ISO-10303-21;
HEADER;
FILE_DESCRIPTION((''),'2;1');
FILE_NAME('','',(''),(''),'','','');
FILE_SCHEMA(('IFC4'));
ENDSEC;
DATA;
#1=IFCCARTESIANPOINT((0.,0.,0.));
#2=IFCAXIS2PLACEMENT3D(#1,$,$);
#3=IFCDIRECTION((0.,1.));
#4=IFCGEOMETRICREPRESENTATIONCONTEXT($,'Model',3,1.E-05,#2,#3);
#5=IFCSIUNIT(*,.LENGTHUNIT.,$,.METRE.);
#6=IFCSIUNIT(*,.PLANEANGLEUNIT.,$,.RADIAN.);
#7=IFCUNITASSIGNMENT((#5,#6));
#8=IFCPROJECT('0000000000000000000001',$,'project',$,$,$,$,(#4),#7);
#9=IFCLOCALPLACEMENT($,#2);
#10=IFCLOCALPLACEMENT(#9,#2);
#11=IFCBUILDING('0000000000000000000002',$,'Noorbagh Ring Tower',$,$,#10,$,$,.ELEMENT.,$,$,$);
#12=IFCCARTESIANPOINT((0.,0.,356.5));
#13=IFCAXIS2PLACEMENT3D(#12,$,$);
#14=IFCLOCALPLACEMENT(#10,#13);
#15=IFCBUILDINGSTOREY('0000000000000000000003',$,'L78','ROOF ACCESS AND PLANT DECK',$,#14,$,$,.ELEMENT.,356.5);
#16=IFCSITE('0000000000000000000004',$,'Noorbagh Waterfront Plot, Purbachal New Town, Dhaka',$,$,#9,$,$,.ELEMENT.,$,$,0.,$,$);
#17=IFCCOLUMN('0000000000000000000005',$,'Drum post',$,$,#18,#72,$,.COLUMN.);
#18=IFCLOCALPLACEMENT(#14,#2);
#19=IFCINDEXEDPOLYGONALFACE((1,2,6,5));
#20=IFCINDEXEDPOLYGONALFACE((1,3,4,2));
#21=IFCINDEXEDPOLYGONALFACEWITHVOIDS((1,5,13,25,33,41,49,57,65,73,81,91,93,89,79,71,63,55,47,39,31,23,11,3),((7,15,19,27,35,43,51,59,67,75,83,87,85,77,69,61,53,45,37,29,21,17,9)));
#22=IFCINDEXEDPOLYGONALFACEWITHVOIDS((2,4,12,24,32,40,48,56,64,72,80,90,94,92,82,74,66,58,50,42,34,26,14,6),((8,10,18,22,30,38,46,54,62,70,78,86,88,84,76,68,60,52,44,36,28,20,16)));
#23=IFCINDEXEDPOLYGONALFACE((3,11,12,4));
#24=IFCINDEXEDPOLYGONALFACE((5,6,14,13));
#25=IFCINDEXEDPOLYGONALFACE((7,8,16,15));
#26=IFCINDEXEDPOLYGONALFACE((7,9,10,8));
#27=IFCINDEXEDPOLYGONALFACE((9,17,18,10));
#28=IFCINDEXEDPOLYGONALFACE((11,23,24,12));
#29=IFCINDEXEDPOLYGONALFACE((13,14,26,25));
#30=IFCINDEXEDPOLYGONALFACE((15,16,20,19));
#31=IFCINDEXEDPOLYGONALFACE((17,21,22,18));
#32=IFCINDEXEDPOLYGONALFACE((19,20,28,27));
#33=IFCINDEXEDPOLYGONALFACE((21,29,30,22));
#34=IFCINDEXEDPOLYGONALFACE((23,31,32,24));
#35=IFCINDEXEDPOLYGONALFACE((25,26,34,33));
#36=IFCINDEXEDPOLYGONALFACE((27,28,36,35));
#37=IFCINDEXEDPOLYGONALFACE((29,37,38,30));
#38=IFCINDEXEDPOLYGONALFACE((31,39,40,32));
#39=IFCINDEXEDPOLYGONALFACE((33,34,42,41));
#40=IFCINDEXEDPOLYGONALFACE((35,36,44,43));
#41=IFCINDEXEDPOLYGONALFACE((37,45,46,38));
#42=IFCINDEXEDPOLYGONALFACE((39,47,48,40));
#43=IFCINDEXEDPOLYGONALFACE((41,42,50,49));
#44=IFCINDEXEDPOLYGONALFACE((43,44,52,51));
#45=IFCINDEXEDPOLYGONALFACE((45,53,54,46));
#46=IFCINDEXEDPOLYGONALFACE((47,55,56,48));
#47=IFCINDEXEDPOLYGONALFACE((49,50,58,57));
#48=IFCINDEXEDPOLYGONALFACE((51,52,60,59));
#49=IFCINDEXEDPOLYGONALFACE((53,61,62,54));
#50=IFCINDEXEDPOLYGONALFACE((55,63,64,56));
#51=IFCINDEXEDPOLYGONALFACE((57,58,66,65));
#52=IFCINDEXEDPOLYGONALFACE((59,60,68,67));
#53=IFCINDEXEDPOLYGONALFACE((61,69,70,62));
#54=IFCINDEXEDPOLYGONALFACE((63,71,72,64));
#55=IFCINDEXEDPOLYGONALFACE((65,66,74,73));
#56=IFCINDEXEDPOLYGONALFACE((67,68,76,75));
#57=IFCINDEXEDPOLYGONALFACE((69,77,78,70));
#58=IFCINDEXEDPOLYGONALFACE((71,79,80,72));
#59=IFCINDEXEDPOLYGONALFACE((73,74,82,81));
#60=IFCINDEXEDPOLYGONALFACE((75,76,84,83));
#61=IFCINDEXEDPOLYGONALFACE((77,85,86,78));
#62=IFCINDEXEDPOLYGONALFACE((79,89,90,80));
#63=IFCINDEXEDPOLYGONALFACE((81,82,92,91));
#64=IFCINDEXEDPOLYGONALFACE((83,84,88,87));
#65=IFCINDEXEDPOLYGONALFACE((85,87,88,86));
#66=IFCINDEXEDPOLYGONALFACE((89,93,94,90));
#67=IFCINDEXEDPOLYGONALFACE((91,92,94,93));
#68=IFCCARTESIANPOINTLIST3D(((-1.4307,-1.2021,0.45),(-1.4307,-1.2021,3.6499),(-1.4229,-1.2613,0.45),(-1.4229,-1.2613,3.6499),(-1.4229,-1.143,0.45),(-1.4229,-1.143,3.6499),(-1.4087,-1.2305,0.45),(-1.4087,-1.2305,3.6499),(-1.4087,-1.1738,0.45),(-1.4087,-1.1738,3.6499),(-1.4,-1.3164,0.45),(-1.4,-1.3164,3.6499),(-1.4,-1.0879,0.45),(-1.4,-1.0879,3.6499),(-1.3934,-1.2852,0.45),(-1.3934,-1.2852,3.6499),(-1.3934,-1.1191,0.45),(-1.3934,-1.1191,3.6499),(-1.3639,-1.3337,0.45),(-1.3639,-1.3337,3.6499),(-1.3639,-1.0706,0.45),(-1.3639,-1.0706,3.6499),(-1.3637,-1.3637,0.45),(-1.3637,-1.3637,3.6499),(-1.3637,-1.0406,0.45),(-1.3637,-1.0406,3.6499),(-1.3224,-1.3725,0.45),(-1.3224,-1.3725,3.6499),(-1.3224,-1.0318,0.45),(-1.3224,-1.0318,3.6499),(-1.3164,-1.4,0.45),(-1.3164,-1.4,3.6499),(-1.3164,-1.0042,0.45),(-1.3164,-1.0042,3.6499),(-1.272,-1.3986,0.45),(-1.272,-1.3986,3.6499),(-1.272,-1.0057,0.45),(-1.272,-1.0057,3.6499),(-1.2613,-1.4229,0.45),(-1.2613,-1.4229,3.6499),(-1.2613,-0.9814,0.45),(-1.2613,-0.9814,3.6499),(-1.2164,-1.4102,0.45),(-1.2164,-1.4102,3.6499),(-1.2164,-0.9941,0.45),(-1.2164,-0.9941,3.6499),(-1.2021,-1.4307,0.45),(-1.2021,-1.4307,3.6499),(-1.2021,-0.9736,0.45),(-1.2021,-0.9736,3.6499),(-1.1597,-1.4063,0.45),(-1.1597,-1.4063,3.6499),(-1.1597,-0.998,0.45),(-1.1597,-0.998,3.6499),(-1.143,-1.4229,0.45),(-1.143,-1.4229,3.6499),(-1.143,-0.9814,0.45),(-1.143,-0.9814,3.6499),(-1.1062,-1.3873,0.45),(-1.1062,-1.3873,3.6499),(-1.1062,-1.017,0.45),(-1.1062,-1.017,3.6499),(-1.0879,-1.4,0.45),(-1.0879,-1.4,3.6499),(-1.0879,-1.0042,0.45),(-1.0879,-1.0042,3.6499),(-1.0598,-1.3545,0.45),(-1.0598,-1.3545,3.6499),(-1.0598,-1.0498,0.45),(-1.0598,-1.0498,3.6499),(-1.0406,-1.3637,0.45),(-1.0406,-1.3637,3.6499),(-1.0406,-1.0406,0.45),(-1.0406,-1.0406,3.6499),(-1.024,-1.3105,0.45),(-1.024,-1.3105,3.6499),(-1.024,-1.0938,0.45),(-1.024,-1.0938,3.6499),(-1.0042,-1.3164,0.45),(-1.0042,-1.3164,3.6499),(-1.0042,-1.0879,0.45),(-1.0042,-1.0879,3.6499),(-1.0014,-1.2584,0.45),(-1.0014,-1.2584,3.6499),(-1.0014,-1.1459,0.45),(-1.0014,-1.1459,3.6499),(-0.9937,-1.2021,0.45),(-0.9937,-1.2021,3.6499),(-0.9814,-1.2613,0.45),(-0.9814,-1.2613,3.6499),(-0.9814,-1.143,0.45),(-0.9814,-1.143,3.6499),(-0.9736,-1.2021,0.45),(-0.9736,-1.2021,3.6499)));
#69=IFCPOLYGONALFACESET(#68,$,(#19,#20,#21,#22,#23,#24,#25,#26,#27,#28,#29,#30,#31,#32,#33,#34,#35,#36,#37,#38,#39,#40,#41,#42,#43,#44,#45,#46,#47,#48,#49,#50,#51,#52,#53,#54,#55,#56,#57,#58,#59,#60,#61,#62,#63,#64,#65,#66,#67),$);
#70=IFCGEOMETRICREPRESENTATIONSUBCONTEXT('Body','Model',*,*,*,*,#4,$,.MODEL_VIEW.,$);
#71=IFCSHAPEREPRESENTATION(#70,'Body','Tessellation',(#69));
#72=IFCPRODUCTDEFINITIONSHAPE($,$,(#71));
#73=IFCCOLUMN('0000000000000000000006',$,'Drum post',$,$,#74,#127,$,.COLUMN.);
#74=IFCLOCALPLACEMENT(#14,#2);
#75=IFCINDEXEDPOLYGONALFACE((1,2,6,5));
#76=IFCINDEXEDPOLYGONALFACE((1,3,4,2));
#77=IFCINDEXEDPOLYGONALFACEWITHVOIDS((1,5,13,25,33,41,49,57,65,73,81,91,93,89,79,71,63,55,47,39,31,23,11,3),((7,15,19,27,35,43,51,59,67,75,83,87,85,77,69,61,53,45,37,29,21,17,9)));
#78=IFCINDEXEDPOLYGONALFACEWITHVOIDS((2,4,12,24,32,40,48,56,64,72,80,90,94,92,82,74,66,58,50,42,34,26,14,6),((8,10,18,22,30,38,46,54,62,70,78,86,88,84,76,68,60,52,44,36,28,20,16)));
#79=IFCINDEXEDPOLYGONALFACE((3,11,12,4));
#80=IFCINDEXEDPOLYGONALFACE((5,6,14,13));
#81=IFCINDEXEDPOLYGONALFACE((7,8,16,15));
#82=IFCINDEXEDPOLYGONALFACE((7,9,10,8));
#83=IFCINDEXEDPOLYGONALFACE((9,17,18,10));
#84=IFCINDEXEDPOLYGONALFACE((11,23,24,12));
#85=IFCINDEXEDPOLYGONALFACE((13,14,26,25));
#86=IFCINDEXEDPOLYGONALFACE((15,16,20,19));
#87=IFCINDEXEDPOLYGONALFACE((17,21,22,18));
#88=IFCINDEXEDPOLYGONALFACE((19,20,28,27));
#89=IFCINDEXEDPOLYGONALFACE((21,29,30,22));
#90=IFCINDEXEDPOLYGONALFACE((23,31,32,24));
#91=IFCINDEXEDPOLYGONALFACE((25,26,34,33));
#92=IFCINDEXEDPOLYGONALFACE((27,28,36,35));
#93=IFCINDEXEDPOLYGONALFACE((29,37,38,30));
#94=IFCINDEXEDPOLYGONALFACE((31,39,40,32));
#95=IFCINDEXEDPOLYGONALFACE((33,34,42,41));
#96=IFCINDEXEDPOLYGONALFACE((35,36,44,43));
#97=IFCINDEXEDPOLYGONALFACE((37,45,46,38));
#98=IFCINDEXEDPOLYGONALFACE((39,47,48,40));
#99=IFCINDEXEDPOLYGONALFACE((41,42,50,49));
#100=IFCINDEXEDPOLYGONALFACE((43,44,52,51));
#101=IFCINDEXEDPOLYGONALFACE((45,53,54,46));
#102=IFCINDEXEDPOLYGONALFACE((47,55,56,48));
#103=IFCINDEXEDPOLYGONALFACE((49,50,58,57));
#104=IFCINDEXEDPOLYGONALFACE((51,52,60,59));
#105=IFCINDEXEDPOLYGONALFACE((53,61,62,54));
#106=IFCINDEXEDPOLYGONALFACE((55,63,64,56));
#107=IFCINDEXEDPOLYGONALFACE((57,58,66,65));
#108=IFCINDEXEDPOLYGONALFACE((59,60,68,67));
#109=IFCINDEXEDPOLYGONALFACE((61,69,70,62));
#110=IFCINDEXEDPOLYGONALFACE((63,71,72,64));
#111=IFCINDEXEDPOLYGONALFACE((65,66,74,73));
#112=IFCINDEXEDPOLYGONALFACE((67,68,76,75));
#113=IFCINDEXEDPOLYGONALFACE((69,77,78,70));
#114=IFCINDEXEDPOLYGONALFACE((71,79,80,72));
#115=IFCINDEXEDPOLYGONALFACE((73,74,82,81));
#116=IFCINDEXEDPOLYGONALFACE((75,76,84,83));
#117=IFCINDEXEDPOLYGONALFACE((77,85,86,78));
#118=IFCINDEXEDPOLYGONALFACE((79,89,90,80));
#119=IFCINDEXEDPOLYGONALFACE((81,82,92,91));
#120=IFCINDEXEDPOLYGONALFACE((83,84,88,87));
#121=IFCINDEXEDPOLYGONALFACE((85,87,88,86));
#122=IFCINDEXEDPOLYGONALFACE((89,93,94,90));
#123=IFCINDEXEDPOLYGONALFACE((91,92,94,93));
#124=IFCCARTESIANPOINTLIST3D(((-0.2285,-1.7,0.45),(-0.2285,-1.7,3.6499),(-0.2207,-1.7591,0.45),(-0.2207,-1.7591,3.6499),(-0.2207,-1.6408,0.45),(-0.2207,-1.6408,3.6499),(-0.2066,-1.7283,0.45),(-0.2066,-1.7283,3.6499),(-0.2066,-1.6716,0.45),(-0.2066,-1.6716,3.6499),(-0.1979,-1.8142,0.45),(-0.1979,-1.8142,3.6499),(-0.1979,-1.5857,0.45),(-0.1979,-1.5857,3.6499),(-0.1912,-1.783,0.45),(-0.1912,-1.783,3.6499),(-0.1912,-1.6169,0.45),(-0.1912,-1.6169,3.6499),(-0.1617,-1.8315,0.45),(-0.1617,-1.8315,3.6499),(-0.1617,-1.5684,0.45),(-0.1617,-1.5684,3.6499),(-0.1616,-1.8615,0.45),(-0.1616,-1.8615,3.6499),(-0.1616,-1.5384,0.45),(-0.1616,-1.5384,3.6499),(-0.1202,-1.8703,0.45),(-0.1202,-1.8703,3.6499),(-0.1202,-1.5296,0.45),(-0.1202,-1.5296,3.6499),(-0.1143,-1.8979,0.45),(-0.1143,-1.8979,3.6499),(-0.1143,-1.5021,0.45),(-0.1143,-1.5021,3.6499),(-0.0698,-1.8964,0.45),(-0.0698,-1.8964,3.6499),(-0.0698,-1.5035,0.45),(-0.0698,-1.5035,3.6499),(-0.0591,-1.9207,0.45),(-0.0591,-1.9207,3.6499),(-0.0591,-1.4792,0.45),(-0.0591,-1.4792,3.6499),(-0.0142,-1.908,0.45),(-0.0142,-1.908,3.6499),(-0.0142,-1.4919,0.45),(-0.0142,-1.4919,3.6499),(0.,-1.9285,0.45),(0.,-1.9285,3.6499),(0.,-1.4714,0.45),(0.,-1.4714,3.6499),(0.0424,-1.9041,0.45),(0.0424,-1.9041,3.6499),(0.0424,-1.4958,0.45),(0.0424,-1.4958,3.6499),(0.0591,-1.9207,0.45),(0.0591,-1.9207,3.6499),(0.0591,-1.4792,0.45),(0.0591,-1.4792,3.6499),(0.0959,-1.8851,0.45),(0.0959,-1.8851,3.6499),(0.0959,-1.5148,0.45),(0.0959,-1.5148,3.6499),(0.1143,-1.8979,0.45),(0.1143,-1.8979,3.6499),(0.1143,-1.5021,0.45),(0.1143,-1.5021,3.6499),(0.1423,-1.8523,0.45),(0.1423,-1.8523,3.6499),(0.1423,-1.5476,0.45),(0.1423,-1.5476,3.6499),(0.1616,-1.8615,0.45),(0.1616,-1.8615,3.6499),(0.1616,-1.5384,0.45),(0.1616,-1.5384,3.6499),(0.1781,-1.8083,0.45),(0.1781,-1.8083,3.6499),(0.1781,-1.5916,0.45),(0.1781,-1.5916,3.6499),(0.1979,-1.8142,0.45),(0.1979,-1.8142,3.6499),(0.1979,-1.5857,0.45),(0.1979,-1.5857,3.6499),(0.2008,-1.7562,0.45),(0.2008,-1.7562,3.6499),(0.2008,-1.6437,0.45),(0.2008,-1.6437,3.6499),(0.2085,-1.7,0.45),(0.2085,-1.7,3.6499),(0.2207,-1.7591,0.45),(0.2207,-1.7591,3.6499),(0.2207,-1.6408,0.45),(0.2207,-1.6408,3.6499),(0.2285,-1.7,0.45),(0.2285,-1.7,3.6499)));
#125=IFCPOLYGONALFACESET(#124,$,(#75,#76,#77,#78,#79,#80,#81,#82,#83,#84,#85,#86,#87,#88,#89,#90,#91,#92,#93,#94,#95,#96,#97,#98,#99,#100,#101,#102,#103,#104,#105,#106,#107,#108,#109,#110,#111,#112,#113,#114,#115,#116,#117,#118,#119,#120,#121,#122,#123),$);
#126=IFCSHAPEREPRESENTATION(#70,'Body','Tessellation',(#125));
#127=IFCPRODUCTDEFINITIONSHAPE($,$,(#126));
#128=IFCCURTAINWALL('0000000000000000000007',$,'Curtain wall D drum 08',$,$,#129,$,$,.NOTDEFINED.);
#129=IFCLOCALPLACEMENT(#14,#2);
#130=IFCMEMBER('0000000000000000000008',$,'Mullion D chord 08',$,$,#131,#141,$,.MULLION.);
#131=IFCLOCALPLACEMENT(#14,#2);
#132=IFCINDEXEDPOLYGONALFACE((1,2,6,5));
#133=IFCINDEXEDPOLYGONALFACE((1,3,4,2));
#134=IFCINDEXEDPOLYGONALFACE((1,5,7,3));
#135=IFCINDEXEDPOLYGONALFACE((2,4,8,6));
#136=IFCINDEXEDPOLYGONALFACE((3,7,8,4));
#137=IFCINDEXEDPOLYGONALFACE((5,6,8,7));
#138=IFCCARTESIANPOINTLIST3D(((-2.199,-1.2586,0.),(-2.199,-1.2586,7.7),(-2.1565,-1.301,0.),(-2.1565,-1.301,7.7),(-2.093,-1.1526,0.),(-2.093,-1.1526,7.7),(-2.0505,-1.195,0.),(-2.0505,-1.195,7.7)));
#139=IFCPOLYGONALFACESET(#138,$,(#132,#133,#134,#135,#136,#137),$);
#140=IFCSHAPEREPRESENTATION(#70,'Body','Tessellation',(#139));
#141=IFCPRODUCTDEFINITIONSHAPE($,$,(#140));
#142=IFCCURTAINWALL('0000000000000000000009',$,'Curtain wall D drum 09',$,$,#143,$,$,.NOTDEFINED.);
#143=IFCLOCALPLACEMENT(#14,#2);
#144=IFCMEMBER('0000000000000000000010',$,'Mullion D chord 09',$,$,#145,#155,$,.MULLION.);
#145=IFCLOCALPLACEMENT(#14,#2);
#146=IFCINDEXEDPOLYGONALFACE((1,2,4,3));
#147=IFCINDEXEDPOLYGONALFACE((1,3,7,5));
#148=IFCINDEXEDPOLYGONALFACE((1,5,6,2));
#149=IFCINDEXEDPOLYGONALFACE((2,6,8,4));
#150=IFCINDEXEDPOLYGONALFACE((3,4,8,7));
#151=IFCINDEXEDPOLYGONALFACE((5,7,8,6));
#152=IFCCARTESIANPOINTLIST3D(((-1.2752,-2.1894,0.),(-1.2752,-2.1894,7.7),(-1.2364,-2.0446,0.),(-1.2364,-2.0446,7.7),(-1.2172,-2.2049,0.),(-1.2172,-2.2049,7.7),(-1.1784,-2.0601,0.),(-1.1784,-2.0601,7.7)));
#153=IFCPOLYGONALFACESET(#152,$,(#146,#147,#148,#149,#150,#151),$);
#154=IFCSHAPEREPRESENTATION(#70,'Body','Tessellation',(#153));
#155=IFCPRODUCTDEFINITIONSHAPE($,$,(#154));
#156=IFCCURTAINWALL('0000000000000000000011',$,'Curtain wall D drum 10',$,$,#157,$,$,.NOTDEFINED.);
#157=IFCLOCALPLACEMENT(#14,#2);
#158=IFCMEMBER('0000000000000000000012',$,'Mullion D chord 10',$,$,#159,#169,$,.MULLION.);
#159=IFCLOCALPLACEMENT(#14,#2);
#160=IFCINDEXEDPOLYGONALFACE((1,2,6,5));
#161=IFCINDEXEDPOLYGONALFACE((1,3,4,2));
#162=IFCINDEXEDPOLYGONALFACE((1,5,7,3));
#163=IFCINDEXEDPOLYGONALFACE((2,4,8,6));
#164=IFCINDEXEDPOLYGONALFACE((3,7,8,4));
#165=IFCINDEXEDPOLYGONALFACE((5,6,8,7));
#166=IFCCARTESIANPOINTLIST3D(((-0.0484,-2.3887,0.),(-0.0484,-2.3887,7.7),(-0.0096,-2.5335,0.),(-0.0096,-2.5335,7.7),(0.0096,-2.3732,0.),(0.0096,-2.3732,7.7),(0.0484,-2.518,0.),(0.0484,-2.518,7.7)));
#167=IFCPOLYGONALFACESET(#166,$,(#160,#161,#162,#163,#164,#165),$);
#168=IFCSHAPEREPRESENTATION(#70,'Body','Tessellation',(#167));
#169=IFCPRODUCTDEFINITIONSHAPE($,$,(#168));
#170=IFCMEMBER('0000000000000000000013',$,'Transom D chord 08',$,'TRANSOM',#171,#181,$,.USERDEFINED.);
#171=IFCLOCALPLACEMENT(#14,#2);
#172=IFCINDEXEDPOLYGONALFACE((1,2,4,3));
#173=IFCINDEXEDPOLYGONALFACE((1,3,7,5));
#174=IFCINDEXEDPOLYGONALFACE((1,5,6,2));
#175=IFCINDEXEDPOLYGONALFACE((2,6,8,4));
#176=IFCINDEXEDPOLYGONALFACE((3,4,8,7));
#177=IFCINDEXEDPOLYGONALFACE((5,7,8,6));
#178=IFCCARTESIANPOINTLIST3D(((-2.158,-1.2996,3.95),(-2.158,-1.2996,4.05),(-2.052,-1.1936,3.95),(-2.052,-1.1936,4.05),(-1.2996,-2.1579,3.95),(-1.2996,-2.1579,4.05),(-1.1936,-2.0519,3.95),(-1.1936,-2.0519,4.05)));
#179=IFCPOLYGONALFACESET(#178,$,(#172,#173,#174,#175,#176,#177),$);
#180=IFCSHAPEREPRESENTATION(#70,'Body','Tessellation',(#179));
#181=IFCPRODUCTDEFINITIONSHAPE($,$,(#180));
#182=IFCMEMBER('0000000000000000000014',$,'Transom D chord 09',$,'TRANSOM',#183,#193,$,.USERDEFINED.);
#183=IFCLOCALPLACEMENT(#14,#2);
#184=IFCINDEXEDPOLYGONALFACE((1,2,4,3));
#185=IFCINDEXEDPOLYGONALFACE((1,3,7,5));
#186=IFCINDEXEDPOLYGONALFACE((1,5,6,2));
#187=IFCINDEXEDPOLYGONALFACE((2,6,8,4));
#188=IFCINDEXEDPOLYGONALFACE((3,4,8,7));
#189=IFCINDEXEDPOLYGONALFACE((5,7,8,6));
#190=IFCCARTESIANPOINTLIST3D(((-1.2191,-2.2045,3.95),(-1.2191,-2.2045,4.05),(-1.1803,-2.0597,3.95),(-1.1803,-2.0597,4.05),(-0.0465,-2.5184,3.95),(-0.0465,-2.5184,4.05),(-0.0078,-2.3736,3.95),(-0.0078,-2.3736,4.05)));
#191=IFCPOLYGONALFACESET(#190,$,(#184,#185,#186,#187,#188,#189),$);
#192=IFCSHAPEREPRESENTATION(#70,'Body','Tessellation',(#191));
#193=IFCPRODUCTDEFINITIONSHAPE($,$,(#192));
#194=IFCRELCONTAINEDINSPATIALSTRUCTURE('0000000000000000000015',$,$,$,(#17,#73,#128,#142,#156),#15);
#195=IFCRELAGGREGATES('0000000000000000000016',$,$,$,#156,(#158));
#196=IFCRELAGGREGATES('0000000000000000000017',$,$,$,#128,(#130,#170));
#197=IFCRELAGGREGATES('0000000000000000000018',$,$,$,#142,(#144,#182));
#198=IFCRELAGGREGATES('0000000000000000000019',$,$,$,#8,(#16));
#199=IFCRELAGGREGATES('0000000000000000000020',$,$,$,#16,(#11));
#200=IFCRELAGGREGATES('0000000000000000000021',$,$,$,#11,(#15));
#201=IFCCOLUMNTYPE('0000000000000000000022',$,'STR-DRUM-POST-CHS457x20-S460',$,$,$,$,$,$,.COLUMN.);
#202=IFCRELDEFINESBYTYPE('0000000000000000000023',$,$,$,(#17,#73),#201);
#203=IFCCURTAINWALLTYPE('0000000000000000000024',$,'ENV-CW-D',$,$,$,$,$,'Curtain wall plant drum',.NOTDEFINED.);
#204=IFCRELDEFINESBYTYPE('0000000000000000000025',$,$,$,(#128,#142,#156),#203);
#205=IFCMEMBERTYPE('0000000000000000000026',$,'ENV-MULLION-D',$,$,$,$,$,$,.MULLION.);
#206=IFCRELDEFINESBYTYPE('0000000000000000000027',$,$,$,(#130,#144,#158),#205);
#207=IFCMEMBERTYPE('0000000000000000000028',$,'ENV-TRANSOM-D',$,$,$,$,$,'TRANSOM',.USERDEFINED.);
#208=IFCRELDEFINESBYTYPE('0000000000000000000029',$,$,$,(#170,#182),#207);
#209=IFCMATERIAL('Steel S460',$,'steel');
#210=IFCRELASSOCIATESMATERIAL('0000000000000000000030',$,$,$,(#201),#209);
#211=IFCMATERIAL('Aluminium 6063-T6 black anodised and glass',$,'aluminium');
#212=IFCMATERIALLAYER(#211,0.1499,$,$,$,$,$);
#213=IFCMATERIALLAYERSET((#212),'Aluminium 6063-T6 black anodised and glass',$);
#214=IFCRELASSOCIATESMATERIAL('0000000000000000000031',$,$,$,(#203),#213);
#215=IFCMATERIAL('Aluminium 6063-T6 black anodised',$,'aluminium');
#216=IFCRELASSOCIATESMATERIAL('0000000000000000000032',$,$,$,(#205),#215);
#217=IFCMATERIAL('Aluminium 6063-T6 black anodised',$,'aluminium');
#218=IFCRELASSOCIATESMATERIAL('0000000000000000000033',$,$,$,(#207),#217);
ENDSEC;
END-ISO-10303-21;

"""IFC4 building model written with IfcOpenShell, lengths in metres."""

from ifc_helpers import new_model, si_unit, direction, frame, origin, origin_2d, place, context, subcontext, project, spatial, rectangle, hollow_circle, extrude, material, layer, layer_set, material_profile, profile_set, type_object, element, aggregate, save


model = new_model("IFC4")

# Units and contexts
model_context = context("Model", 3, precision=1e-05, world=origin(), true_north=direction((0.0, 1.0)))
body_context = subcontext(model_context, "Body", "Model", "MODEL_VIEW")
ifc_project = project(units=[si_unit("LENGTHUNIT", "METRE"), si_unit("PLANEANGLEUNIT", "RADIAN")], contexts=[model_context])

# Site, building, storey
site_placement = place(None, origin())
site = spatial("IfcSite", under=ifc_project, at=site_placement, Name="Noorbagh Waterfront Plot, Purbachal New Town, Dhaka", CompositionType="ELEMENT", RefElevation=0.0)
building_placement = place(site_placement, origin())
building = spatial("IfcBuilding", under=site, at=building_placement, Name="Noorbagh Ring Tower", CompositionType="ELEMENT")
storey_placement = place(building_placement, frame((0.0, 0.0, 356.5)))
storey = spatial("IfcBuildingStorey", under=building, at=storey_placement, Name="L78", Description="ROOF ACCESS AND PLANT DECK", CompositionType="ELEMENT", Elevation=356.5)

# Columns
ifc_material_1 = material(Name="Steel S460", Category="steel")
ifc_material_profile_1 = material_profile(ifc_material_1, hollow_circle(Radius=0.2285, WallThickness=0.02, at=origin_2d()), Name="CHS457x20")
ifc_profile_set_1 = profile_set([ifc_material_profile_1], Name="Steel S460")
column_type = type_object("IfcColumnType", Name="STR-DRUM-POST-CHS457x20-S460", PredefinedType="COLUMN", material=ifc_profile_set_1)
for number, where, z_axis, x_axis, name in (
    (1, (-1.2021, -1.2021, 0.45), (0.0, 0.0, 1.0), (1.0, 0.0, 0.0), "Drum post"),
    (2, (0.0, -1.7, 0.45), (0.0, 0.0, 1.0), (1.0, 0.0, 0.0), "Drum post"),
):
    element("IfcColumn", number, at=place(storey_placement, frame(where, z_axis=z_axis, x_axis=x_axis)), inside=storey, type_object=column_type, Name=name, PredefinedType="COLUMN", context=body_context, shape_type="SweptSolid", body=[
        extrude(hollow_circle(Radius=0.2285, WallThickness=0.02, at=origin_2d()), origin(), (0.0, 0.0, 1.0), 3.2),
    ])

# Curtain walls, members
ifc_material_2 = material(Name="Aluminium 6063-T6 black anodised and glass", Category="aluminium")
ifc_layer_1 = layer(ifc_material_2, 0.1499)
ifc_layer_set_1 = layer_set([ifc_layer_1], Name="Aluminium 6063-T6 black anodised and glass")
curtain_wall_type = type_object("IfcCurtainWallType", Name="ENV-CW-D", ElementType="Curtain wall plant drum", PredefinedType="NOTDEFINED", material=ifc_layer_set_1)
curtain_wall_1_placement = place(storey_placement, origin())
curtain_wall_1 = element("IfcCurtainWall", 3, at=curtain_wall_1_placement, inside=storey, type_object=curtain_wall_type, Name="Curtain wall D drum 08", PredefinedType="NOTDEFINED")
ifc_material_3 = material(Name="Aluminium 6063-T6 black anodised", Category="aluminium")
ifc_material_profile_2 = material_profile(ifc_material_3, rectangle(XDim=0.1499, YDim=0.0601, at=origin_2d()), Name="150x60")
ifc_profile_set_2 = profile_set([ifc_material_profile_2], Name="Aluminium 6063-T6 black anodised")
member_type_1 = type_object("IfcMemberType", Name="ENV-MULLION-D", PredefinedType="MULLION", material=ifc_profile_set_2)
member_1_placement = place(storey_placement, frame((-2.1248, -1.2268, 0.0), z_axis=(0.0, 0.0, 1.0), x_axis=(0.707107, 0.707107, 0.0)))
member_1 = element("IfcMember", 4, at=member_1_placement, type_object=member_type_1, Name="Mullion D chord 08", PredefinedType="MULLION", context=body_context, shape_type="SweptSolid", body=[
    extrude(rectangle(XDim=0.1499, YDim=0.0601, at=origin_2d()), origin(), (0.0, 0.0, 1.0), 7.7),
])
curtain_wall_2_placement = place(storey_placement, origin())
curtain_wall_2 = element("IfcCurtainWall", 5, at=curtain_wall_2_placement, inside=storey, type_object=curtain_wall_type, Name="Curtain wall D drum 09", PredefinedType="NOTDEFINED")
member_2_placement = place(storey_placement, frame((-1.2268, -2.1248, 0.0), z_axis=(0.0, 0.0, 1.0), x_axis=(0.258819, 0.965926, 0.0)))
member_2 = element("IfcMember", 6, at=member_2_placement, type_object=member_type_1, Name="Mullion D chord 09", PredefinedType="MULLION", context=body_context, shape_type="SweptSolid", body=[
    extrude(rectangle(XDim=0.1499, YDim=0.0601, at=origin_2d()), origin(), (0.0, 0.0, 1.0), 7.7),
])
curtain_wall_3_placement = place(storey_placement, origin())
curtain_wall_3 = element("IfcCurtainWall", 7, at=curtain_wall_3_placement, inside=storey, type_object=curtain_wall_type, Name="Curtain wall D drum 10", PredefinedType="NOTDEFINED")
member_3_placement = place(storey_placement, frame((0.0, -2.4534, 0.0), z_axis=(0.0, 0.0, 1.0), x_axis=(-0.258819, 0.965926, 0.0)))
member_3 = element("IfcMember", 8, at=member_3_placement, type_object=member_type_1, Name="Mullion D chord 10", PredefinedType="MULLION", context=body_context, shape_type="SweptSolid", body=[
    extrude(rectangle(XDim=0.1499, YDim=0.0601, at=origin_2d()), origin(), (0.0, 0.0, 1.0), 7.7),
])
aggregate(curtain_wall_3, [member_3])

# Members
ifc_material_4 = material(Name="Aluminium 6063-T6 black anodised", Category="aluminium")
ifc_material_profile_3 = material_profile(ifc_material_4, rectangle(XDim=0.1499, YDim=0.1001, at=origin_2d()), Name="150x100")
ifc_profile_set_3 = profile_set([ifc_material_profile_3], Name="Aluminium 6063-T6 black anodised")
member_type_2 = type_object("IfcMemberType", Name="ENV-TRANSOM-D", ElementType="TRANSOM", PredefinedType="USERDEFINED", material=ifc_profile_set_3)
placement = place(building_placement, frame((0.0, 0.0, 360.1499)))
member_4_placement = place(placement, frame((-2.105, -1.2466, 0.3501), z_axis=(0.707107, -0.707107, 0.0), x_axis=(0.707107, 0.707107, 0.0)))
member_4 = element("IfcMember", 9, at=member_4_placement, type_object=member_type_2, Name="Transom D chord 08", ObjectType="TRANSOM", PredefinedType="USERDEFINED", context=body_context, shape_type="SweptSolid", body=[
    extrude(rectangle(XDim=0.1499, YDim=0.1001, at=origin_2d()), origin(), (0.0, 0.0, 1.0), 1.2139),
])
member_5_placement = place(placement, frame((-1.1997, -2.1321, 0.3501), z_axis=(0.965974, -0.258639, 0.0), x_axis=(0.258639, 0.965974, 0.0)))
member_5 = element("IfcMember", 10, at=member_5_placement, type_object=member_type_2, Name="Transom D chord 09", ObjectType="TRANSOM", PredefinedType="USERDEFINED", context=body_context, shape_type="SweptSolid", body=[
    extrude(rectangle(XDim=0.1499, YDim=0.1001, at=origin_2d()), origin(), (0.0, 0.0, 1.0), 1.2139),
])

aggregate(curtain_wall_1, [member_1, member_4])
aggregate(curtain_wall_2, [member_2, member_5])

save(model, "model.ifc")
